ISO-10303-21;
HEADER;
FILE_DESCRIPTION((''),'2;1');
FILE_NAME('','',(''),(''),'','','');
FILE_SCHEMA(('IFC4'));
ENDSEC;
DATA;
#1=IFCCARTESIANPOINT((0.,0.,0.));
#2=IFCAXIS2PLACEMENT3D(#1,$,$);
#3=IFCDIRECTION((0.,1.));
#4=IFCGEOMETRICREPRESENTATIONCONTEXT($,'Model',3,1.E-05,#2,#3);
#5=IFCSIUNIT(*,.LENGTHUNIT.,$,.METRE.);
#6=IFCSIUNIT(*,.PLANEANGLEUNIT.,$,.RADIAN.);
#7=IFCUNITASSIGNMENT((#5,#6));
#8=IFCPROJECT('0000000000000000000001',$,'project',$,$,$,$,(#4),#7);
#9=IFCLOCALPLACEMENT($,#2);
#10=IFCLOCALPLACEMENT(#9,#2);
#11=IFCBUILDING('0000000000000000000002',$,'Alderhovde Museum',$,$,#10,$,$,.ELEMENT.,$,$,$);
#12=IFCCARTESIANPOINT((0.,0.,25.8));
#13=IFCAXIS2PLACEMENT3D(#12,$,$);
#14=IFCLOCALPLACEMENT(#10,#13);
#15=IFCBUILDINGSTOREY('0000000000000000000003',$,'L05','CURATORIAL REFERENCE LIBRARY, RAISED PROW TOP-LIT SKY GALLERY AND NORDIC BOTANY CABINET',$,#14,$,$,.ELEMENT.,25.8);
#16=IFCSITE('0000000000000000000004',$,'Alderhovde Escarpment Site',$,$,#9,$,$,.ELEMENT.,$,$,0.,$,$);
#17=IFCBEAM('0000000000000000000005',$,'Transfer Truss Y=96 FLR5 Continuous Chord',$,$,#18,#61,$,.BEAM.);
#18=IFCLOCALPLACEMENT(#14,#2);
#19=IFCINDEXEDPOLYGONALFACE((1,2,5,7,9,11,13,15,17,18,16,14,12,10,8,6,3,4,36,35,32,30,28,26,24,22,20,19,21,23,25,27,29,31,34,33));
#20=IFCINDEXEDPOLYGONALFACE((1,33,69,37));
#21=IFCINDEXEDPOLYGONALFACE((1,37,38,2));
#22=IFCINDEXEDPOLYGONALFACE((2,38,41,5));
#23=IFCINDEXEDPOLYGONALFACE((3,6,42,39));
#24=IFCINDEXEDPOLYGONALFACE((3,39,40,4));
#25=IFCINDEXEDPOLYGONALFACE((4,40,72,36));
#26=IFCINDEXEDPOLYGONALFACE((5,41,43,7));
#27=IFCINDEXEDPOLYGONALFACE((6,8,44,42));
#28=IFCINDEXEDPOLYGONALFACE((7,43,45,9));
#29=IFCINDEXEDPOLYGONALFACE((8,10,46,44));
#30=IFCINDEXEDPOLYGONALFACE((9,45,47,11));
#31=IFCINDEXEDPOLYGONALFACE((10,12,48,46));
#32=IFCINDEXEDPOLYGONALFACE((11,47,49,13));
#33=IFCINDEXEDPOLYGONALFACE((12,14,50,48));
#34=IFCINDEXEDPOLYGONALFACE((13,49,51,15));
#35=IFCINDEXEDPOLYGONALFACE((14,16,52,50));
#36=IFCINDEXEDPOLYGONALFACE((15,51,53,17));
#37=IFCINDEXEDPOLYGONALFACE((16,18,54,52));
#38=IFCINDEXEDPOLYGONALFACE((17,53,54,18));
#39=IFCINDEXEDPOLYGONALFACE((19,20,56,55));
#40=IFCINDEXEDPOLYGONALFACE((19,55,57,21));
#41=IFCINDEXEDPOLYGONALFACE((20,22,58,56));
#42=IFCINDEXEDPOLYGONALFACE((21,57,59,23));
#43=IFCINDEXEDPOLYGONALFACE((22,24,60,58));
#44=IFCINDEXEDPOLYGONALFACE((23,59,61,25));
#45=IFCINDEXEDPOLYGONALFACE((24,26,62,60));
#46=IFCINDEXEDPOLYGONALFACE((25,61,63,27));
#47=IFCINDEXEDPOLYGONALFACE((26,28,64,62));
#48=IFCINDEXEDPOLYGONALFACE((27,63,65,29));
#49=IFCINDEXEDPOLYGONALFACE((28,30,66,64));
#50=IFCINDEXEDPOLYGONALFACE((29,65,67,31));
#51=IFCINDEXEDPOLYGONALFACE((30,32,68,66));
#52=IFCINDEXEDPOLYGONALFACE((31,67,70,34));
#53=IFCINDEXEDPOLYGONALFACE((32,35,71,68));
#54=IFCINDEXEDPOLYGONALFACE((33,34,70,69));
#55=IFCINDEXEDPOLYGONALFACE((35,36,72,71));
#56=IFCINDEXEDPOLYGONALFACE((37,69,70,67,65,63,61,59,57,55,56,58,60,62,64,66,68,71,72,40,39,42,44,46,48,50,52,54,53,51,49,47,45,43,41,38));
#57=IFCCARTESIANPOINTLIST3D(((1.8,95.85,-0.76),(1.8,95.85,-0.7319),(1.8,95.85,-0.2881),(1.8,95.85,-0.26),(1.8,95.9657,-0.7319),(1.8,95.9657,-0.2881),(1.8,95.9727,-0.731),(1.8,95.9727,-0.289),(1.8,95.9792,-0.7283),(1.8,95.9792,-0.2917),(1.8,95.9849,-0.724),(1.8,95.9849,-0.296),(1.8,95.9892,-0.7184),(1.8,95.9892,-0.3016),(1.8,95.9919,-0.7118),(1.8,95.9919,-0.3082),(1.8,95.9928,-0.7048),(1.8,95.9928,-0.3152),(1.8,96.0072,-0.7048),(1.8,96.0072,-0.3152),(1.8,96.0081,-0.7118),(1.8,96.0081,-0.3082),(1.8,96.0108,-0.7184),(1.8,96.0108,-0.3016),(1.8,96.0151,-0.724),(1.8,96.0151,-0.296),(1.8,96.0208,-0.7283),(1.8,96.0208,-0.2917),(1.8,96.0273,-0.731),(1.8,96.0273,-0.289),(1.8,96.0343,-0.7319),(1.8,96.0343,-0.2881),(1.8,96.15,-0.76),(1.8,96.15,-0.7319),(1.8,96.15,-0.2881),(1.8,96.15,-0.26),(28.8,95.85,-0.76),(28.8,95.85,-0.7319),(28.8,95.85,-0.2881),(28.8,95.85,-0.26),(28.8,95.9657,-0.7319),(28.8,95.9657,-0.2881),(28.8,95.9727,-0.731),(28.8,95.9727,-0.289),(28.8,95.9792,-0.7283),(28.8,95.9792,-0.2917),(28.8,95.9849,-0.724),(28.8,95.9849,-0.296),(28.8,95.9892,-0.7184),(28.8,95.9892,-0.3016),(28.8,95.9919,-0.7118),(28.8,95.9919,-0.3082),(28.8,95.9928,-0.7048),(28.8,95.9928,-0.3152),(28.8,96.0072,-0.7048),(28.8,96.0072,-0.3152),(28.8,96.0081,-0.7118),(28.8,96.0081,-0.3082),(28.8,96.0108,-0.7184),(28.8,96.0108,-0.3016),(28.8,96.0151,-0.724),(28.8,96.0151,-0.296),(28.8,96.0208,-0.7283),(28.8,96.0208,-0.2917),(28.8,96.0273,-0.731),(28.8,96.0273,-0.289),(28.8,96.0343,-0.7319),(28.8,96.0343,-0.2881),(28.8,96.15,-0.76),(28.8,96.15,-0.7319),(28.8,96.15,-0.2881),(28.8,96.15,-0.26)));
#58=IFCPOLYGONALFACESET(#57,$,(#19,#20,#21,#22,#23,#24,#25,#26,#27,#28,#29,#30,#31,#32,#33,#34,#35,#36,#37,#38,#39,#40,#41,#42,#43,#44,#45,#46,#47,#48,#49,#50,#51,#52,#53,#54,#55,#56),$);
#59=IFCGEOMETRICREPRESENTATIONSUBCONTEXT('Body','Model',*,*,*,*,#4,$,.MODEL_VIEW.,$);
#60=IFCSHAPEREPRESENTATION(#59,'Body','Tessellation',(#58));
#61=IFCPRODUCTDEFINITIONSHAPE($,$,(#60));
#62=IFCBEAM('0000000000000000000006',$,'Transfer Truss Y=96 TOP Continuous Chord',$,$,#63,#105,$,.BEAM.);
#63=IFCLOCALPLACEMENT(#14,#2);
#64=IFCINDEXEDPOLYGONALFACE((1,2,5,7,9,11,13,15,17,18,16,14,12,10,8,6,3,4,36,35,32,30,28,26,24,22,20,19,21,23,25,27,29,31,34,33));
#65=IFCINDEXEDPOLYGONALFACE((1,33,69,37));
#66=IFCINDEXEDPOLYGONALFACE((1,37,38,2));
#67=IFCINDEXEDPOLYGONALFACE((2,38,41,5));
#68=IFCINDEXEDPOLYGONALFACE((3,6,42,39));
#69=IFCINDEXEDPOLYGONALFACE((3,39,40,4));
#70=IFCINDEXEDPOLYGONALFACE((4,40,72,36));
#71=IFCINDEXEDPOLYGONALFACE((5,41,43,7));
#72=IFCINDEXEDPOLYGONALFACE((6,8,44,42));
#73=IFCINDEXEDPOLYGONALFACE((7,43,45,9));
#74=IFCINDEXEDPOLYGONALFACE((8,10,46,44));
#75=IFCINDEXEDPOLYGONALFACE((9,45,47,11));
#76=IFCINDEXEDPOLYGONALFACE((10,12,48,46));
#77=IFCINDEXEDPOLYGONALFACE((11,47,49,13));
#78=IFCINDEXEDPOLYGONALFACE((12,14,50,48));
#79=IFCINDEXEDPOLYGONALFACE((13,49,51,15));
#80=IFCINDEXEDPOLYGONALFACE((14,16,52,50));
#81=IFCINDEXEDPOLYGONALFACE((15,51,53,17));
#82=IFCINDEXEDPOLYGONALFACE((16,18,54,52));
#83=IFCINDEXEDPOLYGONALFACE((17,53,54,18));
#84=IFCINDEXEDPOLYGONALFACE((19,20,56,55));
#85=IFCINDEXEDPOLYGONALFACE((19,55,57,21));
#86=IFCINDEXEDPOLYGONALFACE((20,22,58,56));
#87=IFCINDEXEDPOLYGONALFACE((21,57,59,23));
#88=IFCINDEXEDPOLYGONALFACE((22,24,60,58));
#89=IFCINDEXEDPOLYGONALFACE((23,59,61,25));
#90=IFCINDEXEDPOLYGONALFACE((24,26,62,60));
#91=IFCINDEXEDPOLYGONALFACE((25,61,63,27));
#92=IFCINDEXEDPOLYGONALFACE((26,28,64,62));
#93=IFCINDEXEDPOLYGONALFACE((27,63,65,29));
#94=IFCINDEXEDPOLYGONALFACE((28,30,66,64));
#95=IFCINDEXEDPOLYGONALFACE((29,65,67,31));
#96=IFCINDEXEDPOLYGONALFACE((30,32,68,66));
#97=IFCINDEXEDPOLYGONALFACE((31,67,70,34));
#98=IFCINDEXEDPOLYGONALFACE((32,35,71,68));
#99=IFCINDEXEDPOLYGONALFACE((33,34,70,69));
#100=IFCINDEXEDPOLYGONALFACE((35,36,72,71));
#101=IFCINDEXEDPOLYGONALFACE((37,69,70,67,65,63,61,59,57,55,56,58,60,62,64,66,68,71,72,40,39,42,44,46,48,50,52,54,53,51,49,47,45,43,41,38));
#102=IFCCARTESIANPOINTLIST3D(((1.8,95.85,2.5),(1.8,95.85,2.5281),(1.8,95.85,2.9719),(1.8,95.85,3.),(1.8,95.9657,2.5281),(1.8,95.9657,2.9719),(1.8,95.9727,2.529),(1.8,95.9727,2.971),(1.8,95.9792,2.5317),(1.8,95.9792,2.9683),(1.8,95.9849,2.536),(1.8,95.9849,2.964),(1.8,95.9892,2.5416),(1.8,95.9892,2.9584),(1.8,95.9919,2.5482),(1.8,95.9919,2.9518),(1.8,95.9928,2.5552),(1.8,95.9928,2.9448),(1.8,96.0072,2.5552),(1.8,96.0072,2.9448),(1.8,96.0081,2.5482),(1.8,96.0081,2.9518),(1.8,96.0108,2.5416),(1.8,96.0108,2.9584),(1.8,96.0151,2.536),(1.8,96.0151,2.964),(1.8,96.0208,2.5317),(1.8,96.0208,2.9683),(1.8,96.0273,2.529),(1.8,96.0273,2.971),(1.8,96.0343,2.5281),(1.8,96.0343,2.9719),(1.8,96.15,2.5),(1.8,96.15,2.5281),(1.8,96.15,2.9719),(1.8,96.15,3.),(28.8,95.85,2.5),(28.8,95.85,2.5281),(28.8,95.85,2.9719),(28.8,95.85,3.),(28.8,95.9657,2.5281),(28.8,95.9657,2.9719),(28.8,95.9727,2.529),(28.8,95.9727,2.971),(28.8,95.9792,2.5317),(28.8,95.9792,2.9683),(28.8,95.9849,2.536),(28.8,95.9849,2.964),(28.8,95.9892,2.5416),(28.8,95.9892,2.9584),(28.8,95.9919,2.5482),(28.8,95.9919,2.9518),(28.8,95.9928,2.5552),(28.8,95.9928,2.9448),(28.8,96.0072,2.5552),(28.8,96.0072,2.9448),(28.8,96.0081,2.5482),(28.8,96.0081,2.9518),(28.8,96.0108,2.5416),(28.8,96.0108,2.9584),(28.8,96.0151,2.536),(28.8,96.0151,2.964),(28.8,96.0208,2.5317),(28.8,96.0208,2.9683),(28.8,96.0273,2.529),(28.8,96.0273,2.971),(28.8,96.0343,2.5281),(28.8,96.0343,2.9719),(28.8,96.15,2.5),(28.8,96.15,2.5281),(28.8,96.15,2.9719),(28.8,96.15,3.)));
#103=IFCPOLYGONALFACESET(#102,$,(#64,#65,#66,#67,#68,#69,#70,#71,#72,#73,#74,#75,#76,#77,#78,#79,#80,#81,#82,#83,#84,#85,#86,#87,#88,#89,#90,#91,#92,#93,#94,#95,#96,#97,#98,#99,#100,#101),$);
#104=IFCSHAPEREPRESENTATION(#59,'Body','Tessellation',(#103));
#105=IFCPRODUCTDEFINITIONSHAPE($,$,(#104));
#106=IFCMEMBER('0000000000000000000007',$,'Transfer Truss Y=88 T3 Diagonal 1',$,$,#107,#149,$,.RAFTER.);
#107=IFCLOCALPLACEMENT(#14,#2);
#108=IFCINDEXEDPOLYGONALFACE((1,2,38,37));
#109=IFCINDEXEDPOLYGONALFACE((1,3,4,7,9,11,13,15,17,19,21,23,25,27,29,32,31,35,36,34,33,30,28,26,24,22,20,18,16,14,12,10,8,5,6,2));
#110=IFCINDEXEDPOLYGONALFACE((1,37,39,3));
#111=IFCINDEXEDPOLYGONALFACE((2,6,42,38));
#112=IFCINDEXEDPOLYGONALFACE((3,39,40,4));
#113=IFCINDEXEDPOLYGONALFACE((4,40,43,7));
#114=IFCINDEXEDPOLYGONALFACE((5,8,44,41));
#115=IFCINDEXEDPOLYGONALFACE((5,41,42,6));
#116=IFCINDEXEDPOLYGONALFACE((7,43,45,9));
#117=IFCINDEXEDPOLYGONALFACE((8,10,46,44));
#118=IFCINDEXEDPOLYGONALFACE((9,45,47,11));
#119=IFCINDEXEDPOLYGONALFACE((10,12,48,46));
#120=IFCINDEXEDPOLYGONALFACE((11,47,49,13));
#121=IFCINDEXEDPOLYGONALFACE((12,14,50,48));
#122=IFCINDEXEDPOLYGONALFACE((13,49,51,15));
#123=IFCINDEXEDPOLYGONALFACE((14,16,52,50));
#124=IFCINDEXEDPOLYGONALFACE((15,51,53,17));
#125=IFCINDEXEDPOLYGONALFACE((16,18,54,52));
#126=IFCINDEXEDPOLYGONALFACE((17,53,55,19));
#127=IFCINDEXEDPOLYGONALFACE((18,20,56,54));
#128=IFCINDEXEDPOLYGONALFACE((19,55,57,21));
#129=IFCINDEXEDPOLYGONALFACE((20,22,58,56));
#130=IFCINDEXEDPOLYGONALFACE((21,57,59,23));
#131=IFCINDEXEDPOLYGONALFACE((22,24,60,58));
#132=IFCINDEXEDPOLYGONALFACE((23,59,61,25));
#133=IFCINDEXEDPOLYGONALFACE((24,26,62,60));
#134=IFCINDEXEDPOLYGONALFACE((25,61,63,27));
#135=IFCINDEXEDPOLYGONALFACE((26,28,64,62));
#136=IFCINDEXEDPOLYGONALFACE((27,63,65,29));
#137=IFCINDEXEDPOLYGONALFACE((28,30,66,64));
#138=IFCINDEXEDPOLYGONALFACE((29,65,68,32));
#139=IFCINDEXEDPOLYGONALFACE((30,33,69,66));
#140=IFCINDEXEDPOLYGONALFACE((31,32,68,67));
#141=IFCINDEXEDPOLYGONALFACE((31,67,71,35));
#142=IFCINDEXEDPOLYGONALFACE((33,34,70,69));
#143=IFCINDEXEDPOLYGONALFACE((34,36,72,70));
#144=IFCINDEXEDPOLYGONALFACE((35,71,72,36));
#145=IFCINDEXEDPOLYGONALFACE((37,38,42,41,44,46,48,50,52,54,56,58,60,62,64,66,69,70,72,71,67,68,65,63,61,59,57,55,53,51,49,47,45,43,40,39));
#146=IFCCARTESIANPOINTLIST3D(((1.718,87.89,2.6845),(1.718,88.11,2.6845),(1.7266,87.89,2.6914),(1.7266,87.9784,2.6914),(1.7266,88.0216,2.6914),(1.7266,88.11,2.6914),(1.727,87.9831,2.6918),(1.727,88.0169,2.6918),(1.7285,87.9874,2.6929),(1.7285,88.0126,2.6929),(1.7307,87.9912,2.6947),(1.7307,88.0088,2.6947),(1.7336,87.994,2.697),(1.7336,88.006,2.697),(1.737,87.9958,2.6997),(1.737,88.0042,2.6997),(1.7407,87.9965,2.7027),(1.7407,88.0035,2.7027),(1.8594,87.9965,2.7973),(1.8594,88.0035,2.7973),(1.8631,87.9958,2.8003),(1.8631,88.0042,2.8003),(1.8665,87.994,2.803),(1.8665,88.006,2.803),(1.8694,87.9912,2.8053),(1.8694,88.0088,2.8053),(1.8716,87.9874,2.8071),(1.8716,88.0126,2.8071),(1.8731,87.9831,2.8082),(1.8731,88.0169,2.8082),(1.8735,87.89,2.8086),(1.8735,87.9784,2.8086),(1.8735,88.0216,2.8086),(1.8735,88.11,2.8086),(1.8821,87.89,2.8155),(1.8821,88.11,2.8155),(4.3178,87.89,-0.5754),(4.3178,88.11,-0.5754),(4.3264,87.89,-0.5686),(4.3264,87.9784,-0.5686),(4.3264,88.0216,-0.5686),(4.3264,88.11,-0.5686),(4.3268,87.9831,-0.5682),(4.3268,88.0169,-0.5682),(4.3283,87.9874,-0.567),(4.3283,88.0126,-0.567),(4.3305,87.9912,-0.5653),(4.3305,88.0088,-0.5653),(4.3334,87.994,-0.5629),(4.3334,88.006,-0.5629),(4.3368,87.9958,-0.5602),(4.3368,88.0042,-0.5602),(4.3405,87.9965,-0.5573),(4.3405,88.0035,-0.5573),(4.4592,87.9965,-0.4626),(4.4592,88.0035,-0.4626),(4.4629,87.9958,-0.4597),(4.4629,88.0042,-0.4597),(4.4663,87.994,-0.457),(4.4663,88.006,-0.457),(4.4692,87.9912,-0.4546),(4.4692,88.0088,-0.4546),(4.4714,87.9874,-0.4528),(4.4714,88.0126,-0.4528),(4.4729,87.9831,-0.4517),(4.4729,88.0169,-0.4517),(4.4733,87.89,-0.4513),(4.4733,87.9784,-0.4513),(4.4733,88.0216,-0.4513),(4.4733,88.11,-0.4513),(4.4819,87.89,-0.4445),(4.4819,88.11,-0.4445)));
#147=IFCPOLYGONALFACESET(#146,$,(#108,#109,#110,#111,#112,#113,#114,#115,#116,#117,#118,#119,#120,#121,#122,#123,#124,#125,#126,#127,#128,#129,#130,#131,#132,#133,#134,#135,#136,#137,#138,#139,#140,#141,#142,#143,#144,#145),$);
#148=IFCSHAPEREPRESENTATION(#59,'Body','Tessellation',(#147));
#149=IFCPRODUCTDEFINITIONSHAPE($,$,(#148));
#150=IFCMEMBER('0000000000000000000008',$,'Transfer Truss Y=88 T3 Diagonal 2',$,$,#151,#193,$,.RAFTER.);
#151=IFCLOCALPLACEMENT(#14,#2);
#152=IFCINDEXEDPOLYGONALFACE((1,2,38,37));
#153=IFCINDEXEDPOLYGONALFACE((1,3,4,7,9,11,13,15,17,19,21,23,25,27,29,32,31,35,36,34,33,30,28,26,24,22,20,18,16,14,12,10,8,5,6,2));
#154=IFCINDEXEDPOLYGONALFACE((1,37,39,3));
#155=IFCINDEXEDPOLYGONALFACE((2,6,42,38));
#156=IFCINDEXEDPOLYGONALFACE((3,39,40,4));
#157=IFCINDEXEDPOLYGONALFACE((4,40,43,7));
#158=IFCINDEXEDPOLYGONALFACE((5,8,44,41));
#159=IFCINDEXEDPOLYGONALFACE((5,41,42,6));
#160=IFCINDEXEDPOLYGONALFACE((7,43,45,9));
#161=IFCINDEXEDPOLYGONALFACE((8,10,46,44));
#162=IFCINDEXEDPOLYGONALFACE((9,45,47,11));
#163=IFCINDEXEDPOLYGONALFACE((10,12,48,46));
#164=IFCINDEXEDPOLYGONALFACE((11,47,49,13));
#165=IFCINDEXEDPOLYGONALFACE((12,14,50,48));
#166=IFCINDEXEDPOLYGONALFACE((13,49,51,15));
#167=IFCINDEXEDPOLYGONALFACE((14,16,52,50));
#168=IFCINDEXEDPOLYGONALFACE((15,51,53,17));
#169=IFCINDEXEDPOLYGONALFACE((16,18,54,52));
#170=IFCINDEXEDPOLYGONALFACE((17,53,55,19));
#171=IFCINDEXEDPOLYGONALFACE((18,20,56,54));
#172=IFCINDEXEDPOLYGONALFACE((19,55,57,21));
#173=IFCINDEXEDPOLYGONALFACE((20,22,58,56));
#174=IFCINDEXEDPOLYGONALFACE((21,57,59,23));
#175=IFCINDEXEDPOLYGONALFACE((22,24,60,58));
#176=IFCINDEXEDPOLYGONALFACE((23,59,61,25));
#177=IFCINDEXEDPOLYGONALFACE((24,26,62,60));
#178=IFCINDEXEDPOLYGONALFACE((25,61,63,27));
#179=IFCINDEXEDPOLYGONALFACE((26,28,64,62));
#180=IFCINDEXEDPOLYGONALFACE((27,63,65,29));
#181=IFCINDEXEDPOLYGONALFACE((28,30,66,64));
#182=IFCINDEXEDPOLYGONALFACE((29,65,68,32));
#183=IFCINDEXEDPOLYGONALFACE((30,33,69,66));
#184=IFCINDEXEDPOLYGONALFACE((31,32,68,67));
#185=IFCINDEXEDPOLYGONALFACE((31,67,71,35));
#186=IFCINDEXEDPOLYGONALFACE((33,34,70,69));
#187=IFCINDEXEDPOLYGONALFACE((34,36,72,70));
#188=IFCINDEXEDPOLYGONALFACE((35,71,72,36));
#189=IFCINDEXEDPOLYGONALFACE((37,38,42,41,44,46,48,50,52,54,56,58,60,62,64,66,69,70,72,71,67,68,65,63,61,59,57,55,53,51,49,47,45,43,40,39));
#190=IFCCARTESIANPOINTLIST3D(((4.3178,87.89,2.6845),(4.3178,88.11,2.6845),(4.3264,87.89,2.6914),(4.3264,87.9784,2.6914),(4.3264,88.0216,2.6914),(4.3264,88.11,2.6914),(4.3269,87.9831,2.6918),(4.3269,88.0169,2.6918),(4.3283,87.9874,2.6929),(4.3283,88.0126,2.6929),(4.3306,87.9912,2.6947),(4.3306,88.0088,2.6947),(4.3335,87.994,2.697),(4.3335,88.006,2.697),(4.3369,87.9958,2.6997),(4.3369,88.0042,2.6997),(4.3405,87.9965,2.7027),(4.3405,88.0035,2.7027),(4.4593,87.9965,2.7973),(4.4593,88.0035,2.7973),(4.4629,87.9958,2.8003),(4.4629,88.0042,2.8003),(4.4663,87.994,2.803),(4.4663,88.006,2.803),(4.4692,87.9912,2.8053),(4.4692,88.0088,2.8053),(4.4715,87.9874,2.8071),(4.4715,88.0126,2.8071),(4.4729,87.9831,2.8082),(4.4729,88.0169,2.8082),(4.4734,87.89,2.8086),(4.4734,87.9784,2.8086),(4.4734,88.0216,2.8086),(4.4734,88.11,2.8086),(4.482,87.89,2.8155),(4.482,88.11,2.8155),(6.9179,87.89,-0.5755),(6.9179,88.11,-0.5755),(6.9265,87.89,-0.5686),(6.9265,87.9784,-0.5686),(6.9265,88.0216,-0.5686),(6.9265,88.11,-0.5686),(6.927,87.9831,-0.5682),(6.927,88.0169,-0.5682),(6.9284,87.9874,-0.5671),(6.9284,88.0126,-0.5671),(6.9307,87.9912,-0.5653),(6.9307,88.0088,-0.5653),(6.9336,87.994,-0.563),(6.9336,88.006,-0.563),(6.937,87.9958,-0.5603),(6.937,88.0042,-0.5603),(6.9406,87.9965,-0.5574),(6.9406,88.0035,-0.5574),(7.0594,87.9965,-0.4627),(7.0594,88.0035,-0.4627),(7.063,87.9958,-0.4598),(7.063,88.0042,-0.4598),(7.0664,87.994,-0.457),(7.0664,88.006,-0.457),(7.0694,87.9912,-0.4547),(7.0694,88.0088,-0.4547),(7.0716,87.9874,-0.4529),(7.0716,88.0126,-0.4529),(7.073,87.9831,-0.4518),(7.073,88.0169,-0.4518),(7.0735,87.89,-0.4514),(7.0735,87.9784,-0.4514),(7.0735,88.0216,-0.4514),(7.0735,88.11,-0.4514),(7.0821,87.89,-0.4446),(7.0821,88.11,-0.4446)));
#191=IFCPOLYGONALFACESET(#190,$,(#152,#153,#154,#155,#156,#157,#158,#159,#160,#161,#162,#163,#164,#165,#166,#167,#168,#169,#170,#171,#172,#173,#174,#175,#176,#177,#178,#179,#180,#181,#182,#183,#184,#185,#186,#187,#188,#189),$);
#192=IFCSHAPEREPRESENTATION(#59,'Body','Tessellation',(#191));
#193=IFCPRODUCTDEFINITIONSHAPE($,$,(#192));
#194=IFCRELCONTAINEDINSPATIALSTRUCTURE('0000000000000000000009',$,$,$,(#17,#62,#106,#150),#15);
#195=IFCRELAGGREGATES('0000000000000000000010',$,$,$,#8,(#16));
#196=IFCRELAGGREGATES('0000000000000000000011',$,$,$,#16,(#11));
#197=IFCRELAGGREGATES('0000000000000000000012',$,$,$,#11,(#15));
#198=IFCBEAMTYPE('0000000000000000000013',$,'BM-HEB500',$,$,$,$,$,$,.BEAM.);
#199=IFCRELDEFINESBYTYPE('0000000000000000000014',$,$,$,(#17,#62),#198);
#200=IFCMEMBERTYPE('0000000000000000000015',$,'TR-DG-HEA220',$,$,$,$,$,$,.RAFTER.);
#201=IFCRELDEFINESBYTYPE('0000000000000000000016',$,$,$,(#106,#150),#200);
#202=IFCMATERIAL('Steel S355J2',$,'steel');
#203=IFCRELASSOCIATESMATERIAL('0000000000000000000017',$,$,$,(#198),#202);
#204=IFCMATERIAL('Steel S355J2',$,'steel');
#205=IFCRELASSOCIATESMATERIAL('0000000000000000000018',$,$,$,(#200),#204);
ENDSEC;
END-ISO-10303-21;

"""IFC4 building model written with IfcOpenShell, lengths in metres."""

from ifc_helpers import new_model, si_unit, direction, frame, origin, origin_2d, place, context, subcontext, project, spatial, i_section, extrude, material, material_profile, profile_set, type_object, element, save


model = new_model("IFC4")

# Units and contexts
model_context = context("Model", 3, precision=1e-05, world=origin(), true_north=direction((0.0, 1.0)))
body_context = subcontext(model_context, "Body", "Model", "MODEL_VIEW")
ifc_project = project(units=[si_unit("LENGTHUNIT", "METRE"), si_unit("PLANEANGLEUNIT", "RADIAN")], contexts=[model_context])

# Site, building, storey
site_placement = place(None, origin())
site = spatial("IfcSite", under=ifc_project, at=site_placement, Name="Alderhovde Escarpment Site", CompositionType="ELEMENT", RefElevation=0.0)
building_placement = place(site_placement, origin())
building = spatial("IfcBuilding", under=site, at=building_placement, Name="Alderhovde Museum", CompositionType="ELEMENT")
storey_placement = place(building_placement, frame((0.0, 0.0, 25.8)))
storey = spatial("IfcBuildingStorey", under=building, at=storey_placement, Name="L05", Description="CURATORIAL REFERENCE LIBRARY, RAISED PROW TOP-LIT SKY GALLERY AND NORDIC BOTANY CABINET", CompositionType="ELEMENT", Elevation=25.8)

# Beams
ifc_material_1 = material(Name="Steel S355J2", Category="steel")
ifc_material_profile_1 = material_profile(ifc_material_1, i_section(OverallWidth=0.3, OverallDepth=0.5, WebThickness=0.0144, FlangeThickness=0.0281, FilletRadius=0.0271, at=origin_2d()), Name="HEB 500")
ifc_profile_set_1 = profile_set([ifc_material_profile_1], Name="Steel S355J2")
beam_type_1 = type_object("IfcBeamType", Name="BM-HEB500", PredefinedType="BEAM", material=ifc_profile_set_1)
for number, where, z_axis, x_axis, name in (
    (1, (1.8, 96.0, -0.51), (1.0, 0.0, 0.0), (0.0, 1.0, 0.0), "Transfer Truss Y=96 FLR5 Continuous Chord"),
    (2, (1.8, 96.0, 2.75), (1.0, 0.0, 0.0), (0.0, 1.0, 0.0), "Transfer Truss Y=96 TOP Continuous Chord"),
):
    element("IfcBeam", number, at=place(storey_placement, frame(where, z_axis=z_axis, x_axis=x_axis)), inside=storey, type_object=beam_type_1, Name=name, PredefinedType="BEAM", context=body_context, shape_type="SweptSolid", body=[
        extrude(i_section(OverallWidth=0.3, OverallDepth=0.5, WebThickness=0.0144, FlangeThickness=0.0281, FilletRadius=0.0271, at=origin_2d()), origin(), (0.0, 0.0, 1.0), 27.0),
    ])

# Members
ifc_material_2 = material(Name="Steel S355J2", Category="steel")
ifc_material_profile_2 = material_profile(ifc_material_2, i_section(OverallWidth=0.22, OverallDepth=0.21, WebThickness=0.0071, FlangeThickness=0.011, FilletRadius=0.0181, at=origin_2d()), Name="HEA 220")
ifc_profile_set_2 = profile_set([ifc_material_profile_2], Name="Steel S355J2")
member_type_1 = type_object("IfcMemberType", Name="TR-DG-HEA220", PredefinedType="RAFTER", material=ifc_profile_set_2)
member_1_placement = place(storey_placement, frame((1.8, 88.0, 2.75), z_axis=(0.623502, 0.0, -0.781822), x_axis=(0.0, 1.0, 0.0)))
element("IfcMember", 3, at=member_1_placement, inside=storey, type_object=member_type_1, Name="Transfer Truss Y=88 T3 Diagonal 1", PredefinedType="RAFTER", context=body_context, shape_type="SweptSolid", body=[
    extrude(i_section(OverallWidth=0.22, OverallDepth=0.21, WebThickness=0.0071, FlangeThickness=0.011, FilletRadius=0.0181, at=origin_2d()), origin(), (0.0, 0.0, 1.0), 4.1697),
])
for number, where, z_axis, x_axis, name in (
    (4, (4.3999, 88.0, 2.75), (0.623538, 0.0, -0.781793), (0.0, 1.0, 0.0), "Transfer Truss Y=88 T3 Diagonal 2"),
):
    element("IfcMember", number, at=place(storey_placement, frame(where, z_axis=z_axis, x_axis=x_axis)), inside=storey, type_object=member_type_1, Name=name, PredefinedType="RAFTER", context=body_context, shape_type="SweptSolid", body=[
        extrude(i_section(OverallWidth=0.22, OverallDepth=0.21, WebThickness=0.0071, FlangeThickness=0.011, FilletRadius=0.0181, at=origin_2d()), origin(), (0.0, 0.0, 1.0), 4.1699),
    ])

save(model, "model.ifc")
